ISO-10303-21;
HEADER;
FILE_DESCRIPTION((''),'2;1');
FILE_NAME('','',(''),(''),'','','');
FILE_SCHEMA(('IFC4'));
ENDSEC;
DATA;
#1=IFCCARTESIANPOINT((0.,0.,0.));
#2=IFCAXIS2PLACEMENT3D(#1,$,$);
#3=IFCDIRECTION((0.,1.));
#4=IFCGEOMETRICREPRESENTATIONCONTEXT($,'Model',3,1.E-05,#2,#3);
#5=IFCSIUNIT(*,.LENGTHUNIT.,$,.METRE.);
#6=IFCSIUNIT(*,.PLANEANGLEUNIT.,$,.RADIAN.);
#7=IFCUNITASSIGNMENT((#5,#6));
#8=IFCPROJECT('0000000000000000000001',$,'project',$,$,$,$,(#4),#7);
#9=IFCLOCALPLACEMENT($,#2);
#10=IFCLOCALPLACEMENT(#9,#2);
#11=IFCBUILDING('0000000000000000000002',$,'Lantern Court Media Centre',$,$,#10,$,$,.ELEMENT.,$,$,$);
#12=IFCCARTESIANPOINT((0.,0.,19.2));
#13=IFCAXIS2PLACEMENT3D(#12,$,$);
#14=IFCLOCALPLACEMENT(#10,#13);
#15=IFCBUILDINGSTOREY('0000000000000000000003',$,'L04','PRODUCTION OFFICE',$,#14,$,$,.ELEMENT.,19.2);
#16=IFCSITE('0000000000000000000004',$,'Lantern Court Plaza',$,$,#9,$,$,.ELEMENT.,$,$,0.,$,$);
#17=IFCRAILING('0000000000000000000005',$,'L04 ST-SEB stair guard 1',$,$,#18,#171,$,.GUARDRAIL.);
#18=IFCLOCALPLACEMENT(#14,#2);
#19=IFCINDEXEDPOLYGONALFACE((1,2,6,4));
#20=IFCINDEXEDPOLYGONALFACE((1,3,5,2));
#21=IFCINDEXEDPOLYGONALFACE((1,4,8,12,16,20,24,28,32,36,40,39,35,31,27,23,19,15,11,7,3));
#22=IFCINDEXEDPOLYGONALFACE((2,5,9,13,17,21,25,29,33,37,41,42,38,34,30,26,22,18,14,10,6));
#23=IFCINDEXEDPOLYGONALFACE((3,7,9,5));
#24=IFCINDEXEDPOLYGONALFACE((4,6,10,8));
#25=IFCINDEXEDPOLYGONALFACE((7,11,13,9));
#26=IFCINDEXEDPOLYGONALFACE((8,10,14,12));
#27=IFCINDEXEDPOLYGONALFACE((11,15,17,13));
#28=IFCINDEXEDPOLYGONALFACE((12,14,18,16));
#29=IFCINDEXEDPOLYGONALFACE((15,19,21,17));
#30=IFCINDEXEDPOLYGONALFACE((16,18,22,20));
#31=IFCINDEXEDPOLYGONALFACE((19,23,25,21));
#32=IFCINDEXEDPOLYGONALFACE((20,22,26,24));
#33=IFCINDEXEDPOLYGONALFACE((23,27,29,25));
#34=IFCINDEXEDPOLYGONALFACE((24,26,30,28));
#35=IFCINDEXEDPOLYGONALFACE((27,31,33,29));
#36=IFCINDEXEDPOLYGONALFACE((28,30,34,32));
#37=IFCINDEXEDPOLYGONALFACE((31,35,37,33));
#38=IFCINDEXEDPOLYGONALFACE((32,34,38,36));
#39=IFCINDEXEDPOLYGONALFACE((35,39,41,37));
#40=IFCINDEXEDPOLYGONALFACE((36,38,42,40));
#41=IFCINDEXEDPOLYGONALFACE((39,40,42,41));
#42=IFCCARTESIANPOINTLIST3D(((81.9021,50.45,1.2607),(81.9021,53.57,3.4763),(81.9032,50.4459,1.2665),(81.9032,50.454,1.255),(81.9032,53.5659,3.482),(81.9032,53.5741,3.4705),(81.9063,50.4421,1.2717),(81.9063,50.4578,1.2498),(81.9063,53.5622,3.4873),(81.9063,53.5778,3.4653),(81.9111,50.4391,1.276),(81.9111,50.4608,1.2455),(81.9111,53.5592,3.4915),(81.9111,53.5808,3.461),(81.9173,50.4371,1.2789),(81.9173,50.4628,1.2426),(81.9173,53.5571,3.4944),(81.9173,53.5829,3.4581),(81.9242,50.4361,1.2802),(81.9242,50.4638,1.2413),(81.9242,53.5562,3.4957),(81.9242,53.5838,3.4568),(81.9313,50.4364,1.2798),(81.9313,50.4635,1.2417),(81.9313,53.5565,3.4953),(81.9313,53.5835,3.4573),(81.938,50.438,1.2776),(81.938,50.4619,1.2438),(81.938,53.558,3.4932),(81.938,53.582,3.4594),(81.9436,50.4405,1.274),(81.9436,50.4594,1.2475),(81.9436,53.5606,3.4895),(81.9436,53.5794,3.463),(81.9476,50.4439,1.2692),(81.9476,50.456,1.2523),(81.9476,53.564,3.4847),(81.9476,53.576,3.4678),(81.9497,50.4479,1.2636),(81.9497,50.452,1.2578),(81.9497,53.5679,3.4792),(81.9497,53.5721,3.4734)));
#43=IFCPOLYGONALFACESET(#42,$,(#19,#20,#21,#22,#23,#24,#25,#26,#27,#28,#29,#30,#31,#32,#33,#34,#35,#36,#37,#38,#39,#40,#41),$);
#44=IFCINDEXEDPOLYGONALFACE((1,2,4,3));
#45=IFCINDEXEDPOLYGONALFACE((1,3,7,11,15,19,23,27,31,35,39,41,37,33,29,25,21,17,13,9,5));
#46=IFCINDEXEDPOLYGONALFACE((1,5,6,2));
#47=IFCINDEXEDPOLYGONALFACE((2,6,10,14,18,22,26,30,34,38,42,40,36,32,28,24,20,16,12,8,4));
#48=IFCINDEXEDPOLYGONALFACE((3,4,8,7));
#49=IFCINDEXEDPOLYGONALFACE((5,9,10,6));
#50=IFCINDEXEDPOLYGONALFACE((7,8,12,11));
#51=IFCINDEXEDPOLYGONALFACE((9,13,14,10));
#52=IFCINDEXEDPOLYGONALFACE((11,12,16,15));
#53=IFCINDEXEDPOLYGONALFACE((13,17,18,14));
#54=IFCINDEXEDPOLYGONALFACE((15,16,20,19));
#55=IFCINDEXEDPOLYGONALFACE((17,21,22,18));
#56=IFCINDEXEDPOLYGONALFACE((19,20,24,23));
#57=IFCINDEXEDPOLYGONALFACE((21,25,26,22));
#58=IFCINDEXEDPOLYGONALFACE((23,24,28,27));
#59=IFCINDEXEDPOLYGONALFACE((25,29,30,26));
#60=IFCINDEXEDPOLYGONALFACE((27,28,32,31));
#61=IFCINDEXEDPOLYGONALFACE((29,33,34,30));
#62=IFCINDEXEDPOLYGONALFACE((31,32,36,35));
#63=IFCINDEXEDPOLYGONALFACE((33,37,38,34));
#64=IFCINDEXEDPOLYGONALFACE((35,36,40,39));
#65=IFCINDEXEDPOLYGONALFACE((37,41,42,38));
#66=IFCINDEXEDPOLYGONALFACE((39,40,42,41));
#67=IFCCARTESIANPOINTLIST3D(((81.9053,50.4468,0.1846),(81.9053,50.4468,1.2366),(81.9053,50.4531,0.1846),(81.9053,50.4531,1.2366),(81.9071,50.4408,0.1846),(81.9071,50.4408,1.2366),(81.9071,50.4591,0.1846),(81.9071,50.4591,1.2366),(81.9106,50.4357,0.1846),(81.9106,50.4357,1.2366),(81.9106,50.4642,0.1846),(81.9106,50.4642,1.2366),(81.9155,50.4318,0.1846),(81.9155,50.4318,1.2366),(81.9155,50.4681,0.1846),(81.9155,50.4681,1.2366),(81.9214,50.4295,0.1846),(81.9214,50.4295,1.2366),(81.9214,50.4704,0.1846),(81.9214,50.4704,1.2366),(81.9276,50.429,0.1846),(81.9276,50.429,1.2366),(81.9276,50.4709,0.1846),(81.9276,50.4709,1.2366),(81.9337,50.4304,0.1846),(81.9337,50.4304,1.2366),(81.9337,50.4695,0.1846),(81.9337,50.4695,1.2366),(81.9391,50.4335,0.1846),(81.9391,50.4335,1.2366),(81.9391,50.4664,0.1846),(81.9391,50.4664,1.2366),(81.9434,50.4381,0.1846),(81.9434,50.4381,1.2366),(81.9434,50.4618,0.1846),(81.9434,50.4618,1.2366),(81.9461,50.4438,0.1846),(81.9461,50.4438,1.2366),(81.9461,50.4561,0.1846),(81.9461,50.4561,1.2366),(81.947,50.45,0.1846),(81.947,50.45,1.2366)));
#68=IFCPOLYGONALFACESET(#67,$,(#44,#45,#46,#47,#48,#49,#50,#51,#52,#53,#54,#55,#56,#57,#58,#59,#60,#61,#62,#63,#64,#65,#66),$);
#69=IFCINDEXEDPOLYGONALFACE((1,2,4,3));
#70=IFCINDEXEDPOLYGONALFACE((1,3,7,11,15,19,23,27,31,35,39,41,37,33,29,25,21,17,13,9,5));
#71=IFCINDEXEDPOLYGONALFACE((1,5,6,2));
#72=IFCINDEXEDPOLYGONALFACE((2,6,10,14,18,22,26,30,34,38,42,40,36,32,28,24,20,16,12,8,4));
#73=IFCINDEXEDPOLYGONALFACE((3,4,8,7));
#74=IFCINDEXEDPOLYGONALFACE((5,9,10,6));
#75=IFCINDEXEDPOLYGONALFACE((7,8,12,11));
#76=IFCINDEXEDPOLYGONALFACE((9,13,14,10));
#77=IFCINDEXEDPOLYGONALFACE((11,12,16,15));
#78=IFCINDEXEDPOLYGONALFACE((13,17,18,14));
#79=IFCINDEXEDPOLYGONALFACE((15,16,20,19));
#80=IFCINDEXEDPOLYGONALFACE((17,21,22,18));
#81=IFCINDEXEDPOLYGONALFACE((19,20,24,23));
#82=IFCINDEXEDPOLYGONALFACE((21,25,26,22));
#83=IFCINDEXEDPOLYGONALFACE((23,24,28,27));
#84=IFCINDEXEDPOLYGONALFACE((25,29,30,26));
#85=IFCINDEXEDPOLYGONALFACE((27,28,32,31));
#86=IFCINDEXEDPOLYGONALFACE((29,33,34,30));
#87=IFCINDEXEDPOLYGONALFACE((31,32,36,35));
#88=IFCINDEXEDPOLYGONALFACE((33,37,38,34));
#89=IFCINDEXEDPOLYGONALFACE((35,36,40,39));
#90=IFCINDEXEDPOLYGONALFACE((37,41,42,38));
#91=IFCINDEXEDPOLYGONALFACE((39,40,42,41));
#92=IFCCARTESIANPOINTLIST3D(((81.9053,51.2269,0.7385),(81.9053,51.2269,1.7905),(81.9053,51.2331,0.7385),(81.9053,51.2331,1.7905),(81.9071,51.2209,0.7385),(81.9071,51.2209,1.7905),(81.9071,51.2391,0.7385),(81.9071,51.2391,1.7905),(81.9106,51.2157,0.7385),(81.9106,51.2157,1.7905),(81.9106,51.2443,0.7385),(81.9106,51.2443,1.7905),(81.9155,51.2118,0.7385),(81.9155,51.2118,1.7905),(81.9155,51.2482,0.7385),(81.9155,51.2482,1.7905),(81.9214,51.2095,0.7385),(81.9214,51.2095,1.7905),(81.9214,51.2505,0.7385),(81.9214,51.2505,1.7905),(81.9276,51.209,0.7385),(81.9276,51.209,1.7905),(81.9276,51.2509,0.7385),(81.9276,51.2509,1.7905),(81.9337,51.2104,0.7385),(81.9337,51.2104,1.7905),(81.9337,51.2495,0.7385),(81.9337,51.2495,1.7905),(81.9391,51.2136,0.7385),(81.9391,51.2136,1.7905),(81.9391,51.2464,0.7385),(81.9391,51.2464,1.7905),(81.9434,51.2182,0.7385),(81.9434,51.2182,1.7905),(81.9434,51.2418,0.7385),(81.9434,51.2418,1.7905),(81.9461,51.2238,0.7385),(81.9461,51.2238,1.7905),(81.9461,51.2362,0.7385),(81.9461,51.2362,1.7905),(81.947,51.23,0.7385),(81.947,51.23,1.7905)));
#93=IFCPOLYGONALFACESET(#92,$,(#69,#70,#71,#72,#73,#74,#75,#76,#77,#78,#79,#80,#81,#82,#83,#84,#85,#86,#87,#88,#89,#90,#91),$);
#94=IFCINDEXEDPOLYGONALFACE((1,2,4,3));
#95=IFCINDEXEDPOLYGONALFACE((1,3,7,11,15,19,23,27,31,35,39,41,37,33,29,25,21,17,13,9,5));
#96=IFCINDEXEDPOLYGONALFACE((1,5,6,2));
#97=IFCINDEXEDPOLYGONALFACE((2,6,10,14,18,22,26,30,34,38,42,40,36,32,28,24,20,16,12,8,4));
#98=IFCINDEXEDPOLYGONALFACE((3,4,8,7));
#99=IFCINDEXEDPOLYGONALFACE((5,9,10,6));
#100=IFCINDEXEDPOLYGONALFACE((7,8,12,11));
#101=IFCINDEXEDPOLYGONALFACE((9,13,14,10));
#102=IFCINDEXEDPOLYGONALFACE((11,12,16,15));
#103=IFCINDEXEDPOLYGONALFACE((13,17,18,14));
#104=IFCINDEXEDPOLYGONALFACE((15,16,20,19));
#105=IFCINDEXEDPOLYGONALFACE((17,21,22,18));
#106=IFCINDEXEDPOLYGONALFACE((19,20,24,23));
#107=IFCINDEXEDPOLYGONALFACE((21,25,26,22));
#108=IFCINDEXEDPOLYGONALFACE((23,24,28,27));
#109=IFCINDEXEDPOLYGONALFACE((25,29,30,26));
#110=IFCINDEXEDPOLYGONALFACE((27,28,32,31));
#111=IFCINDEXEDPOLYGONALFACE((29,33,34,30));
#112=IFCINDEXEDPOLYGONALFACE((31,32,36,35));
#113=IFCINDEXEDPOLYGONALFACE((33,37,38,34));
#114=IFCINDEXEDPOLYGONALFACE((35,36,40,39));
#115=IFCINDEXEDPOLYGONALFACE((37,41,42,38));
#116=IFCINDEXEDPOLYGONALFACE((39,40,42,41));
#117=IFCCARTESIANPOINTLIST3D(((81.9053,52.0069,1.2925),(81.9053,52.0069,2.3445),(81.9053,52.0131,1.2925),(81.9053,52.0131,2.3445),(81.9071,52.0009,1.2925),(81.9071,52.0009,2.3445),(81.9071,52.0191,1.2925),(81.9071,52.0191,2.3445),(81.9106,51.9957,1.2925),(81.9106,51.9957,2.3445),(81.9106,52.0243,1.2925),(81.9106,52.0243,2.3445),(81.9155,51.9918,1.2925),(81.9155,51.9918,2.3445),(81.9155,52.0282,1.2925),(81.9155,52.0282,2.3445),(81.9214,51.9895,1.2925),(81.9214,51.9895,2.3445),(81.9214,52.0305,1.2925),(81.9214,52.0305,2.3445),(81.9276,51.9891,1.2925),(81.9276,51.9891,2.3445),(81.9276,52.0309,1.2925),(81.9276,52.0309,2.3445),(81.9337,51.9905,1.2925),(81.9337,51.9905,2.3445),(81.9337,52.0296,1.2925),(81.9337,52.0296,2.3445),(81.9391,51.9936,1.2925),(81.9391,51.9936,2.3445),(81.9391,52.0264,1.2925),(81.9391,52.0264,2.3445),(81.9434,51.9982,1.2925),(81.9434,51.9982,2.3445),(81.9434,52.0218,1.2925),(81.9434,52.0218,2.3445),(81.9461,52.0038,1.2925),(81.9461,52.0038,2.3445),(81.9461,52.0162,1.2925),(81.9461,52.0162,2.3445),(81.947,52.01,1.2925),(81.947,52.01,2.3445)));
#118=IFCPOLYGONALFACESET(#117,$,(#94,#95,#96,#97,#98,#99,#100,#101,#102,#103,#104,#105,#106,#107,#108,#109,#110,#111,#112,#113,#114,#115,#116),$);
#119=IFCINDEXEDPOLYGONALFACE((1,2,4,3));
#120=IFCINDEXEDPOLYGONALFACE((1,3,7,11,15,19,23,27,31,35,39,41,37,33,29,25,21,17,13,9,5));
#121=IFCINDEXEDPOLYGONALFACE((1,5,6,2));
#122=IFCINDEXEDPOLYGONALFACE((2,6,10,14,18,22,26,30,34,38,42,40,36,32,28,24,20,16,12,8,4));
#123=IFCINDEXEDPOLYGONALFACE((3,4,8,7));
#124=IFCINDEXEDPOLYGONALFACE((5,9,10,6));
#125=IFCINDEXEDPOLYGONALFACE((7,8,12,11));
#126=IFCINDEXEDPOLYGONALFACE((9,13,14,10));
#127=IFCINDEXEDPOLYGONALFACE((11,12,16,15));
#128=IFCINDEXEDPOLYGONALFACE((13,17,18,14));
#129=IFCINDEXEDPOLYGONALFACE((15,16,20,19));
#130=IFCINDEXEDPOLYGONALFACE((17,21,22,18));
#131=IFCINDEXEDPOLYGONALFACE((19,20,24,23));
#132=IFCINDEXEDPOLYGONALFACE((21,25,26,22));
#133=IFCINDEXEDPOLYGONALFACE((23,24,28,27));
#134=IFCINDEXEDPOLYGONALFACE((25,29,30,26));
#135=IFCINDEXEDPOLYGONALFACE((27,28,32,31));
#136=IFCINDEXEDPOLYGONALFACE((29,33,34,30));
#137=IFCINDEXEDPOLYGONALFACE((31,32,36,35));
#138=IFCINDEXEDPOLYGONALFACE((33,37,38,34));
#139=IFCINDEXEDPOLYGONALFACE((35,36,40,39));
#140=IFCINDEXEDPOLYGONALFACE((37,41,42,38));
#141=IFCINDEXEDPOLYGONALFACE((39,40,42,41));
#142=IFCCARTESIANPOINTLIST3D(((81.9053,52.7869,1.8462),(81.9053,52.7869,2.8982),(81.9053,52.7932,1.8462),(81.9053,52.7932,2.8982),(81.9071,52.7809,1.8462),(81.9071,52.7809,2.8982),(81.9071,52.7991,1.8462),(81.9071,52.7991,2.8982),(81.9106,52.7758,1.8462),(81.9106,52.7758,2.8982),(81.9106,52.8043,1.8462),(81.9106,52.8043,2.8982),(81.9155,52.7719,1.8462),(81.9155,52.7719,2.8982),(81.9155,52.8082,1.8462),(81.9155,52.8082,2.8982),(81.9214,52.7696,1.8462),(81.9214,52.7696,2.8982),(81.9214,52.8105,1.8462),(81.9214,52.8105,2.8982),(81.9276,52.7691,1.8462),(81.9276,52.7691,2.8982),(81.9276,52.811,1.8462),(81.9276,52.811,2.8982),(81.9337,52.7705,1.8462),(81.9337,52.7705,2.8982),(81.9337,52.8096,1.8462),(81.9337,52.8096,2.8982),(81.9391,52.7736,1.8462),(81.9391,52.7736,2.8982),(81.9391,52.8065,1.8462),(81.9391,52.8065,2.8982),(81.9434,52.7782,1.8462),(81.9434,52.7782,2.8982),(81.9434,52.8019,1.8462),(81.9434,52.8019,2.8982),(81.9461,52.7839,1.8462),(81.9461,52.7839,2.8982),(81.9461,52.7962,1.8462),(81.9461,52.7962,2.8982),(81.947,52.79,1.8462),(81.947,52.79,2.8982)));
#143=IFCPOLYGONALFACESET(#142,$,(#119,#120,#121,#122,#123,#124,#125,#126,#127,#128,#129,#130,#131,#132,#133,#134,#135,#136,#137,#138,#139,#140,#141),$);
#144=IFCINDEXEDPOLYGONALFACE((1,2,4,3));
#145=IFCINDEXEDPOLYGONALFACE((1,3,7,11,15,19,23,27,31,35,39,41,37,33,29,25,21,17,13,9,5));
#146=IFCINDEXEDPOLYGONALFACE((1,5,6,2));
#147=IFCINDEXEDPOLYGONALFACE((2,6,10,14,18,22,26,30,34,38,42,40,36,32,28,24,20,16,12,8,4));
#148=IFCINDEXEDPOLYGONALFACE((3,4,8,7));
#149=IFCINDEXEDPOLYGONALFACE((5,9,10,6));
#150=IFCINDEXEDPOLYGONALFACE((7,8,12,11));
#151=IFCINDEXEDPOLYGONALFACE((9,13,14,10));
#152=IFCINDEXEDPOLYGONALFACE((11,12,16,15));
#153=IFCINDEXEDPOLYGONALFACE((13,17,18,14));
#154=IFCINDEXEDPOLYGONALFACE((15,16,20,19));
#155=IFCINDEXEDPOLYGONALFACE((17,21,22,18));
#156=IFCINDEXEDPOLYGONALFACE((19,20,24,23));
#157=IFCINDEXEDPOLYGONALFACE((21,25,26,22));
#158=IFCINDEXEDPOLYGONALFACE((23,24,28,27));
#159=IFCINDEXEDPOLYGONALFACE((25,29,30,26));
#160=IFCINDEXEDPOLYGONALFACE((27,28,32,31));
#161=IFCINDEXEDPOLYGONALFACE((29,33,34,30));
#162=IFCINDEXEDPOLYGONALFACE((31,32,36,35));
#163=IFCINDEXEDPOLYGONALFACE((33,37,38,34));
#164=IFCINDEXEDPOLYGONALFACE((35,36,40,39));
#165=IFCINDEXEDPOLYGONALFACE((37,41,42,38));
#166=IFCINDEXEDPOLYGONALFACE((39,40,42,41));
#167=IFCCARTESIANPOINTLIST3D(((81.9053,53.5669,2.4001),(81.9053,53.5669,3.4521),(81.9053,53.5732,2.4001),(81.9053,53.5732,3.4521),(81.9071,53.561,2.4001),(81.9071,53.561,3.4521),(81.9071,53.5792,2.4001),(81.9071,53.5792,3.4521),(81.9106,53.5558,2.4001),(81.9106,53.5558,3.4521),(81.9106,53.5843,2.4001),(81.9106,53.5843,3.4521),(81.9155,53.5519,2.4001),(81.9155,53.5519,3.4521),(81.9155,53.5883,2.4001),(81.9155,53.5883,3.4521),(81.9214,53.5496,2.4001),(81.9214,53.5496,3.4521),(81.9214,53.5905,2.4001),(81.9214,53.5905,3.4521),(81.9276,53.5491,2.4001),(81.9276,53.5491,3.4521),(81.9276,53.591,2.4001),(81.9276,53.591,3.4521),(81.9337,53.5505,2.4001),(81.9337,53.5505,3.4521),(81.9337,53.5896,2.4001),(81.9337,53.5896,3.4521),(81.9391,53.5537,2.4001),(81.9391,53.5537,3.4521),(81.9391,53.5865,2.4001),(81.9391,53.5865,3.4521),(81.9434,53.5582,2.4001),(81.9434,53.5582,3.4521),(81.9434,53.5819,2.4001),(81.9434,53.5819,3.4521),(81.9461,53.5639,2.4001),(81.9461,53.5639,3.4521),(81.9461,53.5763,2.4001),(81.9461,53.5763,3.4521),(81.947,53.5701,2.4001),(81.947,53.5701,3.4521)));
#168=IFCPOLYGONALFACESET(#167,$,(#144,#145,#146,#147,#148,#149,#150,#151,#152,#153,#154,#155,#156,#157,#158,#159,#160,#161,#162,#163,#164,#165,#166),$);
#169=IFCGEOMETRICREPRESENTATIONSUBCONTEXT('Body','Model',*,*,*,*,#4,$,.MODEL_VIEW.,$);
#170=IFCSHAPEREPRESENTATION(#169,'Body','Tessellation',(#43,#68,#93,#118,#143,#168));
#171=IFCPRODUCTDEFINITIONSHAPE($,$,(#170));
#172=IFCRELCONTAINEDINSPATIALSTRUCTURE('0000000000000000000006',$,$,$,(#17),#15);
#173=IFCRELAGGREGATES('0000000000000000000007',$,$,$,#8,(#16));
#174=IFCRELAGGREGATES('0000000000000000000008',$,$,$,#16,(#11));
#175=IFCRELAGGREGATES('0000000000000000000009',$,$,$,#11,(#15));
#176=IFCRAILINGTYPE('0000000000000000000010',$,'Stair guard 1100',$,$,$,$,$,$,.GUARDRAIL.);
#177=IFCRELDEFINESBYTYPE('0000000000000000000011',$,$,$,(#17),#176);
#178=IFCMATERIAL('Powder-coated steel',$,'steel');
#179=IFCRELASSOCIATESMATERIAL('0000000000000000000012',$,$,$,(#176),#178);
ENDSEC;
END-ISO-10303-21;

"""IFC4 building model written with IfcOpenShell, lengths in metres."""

from ifc_helpers import new_model, si_unit, direction, frame, origin, origin_2d, place, context, subcontext, project, spatial, circle, extrude, material, type_object, element, save


model = new_model("IFC4")

# Units and contexts
model_context = context("Model", 3, precision=1e-05, world=origin(), true_north=direction((0.0, 1.0)))
body_context = subcontext(model_context, "Body", "Model", "MODEL_VIEW")
ifc_project = project(units=[si_unit("LENGTHUNIT", "METRE"), si_unit("PLANEANGLEUNIT", "RADIAN")], contexts=[model_context])

# Site, building, storey
site_placement = place(None, origin())
site = spatial("IfcSite", under=ifc_project, at=site_placement, Name="Lantern Court Plaza", CompositionType="ELEMENT", RefElevation=0.0)
building_placement = place(site_placement, origin())
building = spatial("IfcBuilding", under=site, at=building_placement, Name="Lantern Court Media Centre", CompositionType="ELEMENT")
storey_placement = place(building_placement, frame((0.0, 0.0, 19.2)))
storey = spatial("IfcBuildingStorey", under=building, at=storey_placement, Name="L04", Description="PRODUCTION OFFICE", CompositionType="ELEMENT", Elevation=19.2)

# Shared definitions
ifc_material_1 = material(Name="Powder-coated steel", Category="steel")

# Railing
railing_type_1 = type_object("IfcRailingType", Name="Stair guard 1100", PredefinedType="GUARDRAIL", material=ifc_material_1)
for number, where, name in (
    (1, (81.926, 50.45, 0.1846), "L04 ST-SEB stair guard 1"),
):
    element("IfcRailing", number, at=place(storey_placement, frame(where)), inside=storey, type_object=railing_type_1, Name=name, PredefinedType="GUARDRAIL", context=body_context, shape_type="SweptSolid", body=[
        extrude(circle(Radius=0.0239, at=origin_2d()), frame((0.0, 0.0, 1.0762), z_axis=(0.0, 0.815347, 0.578973), x_axis=(-1.0, 0.0, 0.0)), (0.0, 0.0, 1.0), 3.8267),
        extrude(circle(Radius=0.021, at=origin_2d()), origin(), (0.0, 0.0, 1.0), 1.052),
        extrude(circle(Radius=0.021, at=origin_2d()), frame((0.0, 0.78, 0.554)), (0.0, 0.0, 1.0), 1.052),
        extrude(circle(Radius=0.021, at=origin_2d()), frame((0.0, 1.5601, 1.1079)), (0.0, 0.0, 1.0), 1.052),
        extrude(circle(Radius=0.021, at=origin_2d()), frame((0.0, 2.3401, 1.6616)), (0.0, 0.0, 1.0), 1.052),
        extrude(circle(Radius=0.021, at=origin_2d()), frame((0.0, 3.1201, 2.2156)), (0.0, 0.0, 1.0), 1.052),
    ])

save(model, "model.ifc")
